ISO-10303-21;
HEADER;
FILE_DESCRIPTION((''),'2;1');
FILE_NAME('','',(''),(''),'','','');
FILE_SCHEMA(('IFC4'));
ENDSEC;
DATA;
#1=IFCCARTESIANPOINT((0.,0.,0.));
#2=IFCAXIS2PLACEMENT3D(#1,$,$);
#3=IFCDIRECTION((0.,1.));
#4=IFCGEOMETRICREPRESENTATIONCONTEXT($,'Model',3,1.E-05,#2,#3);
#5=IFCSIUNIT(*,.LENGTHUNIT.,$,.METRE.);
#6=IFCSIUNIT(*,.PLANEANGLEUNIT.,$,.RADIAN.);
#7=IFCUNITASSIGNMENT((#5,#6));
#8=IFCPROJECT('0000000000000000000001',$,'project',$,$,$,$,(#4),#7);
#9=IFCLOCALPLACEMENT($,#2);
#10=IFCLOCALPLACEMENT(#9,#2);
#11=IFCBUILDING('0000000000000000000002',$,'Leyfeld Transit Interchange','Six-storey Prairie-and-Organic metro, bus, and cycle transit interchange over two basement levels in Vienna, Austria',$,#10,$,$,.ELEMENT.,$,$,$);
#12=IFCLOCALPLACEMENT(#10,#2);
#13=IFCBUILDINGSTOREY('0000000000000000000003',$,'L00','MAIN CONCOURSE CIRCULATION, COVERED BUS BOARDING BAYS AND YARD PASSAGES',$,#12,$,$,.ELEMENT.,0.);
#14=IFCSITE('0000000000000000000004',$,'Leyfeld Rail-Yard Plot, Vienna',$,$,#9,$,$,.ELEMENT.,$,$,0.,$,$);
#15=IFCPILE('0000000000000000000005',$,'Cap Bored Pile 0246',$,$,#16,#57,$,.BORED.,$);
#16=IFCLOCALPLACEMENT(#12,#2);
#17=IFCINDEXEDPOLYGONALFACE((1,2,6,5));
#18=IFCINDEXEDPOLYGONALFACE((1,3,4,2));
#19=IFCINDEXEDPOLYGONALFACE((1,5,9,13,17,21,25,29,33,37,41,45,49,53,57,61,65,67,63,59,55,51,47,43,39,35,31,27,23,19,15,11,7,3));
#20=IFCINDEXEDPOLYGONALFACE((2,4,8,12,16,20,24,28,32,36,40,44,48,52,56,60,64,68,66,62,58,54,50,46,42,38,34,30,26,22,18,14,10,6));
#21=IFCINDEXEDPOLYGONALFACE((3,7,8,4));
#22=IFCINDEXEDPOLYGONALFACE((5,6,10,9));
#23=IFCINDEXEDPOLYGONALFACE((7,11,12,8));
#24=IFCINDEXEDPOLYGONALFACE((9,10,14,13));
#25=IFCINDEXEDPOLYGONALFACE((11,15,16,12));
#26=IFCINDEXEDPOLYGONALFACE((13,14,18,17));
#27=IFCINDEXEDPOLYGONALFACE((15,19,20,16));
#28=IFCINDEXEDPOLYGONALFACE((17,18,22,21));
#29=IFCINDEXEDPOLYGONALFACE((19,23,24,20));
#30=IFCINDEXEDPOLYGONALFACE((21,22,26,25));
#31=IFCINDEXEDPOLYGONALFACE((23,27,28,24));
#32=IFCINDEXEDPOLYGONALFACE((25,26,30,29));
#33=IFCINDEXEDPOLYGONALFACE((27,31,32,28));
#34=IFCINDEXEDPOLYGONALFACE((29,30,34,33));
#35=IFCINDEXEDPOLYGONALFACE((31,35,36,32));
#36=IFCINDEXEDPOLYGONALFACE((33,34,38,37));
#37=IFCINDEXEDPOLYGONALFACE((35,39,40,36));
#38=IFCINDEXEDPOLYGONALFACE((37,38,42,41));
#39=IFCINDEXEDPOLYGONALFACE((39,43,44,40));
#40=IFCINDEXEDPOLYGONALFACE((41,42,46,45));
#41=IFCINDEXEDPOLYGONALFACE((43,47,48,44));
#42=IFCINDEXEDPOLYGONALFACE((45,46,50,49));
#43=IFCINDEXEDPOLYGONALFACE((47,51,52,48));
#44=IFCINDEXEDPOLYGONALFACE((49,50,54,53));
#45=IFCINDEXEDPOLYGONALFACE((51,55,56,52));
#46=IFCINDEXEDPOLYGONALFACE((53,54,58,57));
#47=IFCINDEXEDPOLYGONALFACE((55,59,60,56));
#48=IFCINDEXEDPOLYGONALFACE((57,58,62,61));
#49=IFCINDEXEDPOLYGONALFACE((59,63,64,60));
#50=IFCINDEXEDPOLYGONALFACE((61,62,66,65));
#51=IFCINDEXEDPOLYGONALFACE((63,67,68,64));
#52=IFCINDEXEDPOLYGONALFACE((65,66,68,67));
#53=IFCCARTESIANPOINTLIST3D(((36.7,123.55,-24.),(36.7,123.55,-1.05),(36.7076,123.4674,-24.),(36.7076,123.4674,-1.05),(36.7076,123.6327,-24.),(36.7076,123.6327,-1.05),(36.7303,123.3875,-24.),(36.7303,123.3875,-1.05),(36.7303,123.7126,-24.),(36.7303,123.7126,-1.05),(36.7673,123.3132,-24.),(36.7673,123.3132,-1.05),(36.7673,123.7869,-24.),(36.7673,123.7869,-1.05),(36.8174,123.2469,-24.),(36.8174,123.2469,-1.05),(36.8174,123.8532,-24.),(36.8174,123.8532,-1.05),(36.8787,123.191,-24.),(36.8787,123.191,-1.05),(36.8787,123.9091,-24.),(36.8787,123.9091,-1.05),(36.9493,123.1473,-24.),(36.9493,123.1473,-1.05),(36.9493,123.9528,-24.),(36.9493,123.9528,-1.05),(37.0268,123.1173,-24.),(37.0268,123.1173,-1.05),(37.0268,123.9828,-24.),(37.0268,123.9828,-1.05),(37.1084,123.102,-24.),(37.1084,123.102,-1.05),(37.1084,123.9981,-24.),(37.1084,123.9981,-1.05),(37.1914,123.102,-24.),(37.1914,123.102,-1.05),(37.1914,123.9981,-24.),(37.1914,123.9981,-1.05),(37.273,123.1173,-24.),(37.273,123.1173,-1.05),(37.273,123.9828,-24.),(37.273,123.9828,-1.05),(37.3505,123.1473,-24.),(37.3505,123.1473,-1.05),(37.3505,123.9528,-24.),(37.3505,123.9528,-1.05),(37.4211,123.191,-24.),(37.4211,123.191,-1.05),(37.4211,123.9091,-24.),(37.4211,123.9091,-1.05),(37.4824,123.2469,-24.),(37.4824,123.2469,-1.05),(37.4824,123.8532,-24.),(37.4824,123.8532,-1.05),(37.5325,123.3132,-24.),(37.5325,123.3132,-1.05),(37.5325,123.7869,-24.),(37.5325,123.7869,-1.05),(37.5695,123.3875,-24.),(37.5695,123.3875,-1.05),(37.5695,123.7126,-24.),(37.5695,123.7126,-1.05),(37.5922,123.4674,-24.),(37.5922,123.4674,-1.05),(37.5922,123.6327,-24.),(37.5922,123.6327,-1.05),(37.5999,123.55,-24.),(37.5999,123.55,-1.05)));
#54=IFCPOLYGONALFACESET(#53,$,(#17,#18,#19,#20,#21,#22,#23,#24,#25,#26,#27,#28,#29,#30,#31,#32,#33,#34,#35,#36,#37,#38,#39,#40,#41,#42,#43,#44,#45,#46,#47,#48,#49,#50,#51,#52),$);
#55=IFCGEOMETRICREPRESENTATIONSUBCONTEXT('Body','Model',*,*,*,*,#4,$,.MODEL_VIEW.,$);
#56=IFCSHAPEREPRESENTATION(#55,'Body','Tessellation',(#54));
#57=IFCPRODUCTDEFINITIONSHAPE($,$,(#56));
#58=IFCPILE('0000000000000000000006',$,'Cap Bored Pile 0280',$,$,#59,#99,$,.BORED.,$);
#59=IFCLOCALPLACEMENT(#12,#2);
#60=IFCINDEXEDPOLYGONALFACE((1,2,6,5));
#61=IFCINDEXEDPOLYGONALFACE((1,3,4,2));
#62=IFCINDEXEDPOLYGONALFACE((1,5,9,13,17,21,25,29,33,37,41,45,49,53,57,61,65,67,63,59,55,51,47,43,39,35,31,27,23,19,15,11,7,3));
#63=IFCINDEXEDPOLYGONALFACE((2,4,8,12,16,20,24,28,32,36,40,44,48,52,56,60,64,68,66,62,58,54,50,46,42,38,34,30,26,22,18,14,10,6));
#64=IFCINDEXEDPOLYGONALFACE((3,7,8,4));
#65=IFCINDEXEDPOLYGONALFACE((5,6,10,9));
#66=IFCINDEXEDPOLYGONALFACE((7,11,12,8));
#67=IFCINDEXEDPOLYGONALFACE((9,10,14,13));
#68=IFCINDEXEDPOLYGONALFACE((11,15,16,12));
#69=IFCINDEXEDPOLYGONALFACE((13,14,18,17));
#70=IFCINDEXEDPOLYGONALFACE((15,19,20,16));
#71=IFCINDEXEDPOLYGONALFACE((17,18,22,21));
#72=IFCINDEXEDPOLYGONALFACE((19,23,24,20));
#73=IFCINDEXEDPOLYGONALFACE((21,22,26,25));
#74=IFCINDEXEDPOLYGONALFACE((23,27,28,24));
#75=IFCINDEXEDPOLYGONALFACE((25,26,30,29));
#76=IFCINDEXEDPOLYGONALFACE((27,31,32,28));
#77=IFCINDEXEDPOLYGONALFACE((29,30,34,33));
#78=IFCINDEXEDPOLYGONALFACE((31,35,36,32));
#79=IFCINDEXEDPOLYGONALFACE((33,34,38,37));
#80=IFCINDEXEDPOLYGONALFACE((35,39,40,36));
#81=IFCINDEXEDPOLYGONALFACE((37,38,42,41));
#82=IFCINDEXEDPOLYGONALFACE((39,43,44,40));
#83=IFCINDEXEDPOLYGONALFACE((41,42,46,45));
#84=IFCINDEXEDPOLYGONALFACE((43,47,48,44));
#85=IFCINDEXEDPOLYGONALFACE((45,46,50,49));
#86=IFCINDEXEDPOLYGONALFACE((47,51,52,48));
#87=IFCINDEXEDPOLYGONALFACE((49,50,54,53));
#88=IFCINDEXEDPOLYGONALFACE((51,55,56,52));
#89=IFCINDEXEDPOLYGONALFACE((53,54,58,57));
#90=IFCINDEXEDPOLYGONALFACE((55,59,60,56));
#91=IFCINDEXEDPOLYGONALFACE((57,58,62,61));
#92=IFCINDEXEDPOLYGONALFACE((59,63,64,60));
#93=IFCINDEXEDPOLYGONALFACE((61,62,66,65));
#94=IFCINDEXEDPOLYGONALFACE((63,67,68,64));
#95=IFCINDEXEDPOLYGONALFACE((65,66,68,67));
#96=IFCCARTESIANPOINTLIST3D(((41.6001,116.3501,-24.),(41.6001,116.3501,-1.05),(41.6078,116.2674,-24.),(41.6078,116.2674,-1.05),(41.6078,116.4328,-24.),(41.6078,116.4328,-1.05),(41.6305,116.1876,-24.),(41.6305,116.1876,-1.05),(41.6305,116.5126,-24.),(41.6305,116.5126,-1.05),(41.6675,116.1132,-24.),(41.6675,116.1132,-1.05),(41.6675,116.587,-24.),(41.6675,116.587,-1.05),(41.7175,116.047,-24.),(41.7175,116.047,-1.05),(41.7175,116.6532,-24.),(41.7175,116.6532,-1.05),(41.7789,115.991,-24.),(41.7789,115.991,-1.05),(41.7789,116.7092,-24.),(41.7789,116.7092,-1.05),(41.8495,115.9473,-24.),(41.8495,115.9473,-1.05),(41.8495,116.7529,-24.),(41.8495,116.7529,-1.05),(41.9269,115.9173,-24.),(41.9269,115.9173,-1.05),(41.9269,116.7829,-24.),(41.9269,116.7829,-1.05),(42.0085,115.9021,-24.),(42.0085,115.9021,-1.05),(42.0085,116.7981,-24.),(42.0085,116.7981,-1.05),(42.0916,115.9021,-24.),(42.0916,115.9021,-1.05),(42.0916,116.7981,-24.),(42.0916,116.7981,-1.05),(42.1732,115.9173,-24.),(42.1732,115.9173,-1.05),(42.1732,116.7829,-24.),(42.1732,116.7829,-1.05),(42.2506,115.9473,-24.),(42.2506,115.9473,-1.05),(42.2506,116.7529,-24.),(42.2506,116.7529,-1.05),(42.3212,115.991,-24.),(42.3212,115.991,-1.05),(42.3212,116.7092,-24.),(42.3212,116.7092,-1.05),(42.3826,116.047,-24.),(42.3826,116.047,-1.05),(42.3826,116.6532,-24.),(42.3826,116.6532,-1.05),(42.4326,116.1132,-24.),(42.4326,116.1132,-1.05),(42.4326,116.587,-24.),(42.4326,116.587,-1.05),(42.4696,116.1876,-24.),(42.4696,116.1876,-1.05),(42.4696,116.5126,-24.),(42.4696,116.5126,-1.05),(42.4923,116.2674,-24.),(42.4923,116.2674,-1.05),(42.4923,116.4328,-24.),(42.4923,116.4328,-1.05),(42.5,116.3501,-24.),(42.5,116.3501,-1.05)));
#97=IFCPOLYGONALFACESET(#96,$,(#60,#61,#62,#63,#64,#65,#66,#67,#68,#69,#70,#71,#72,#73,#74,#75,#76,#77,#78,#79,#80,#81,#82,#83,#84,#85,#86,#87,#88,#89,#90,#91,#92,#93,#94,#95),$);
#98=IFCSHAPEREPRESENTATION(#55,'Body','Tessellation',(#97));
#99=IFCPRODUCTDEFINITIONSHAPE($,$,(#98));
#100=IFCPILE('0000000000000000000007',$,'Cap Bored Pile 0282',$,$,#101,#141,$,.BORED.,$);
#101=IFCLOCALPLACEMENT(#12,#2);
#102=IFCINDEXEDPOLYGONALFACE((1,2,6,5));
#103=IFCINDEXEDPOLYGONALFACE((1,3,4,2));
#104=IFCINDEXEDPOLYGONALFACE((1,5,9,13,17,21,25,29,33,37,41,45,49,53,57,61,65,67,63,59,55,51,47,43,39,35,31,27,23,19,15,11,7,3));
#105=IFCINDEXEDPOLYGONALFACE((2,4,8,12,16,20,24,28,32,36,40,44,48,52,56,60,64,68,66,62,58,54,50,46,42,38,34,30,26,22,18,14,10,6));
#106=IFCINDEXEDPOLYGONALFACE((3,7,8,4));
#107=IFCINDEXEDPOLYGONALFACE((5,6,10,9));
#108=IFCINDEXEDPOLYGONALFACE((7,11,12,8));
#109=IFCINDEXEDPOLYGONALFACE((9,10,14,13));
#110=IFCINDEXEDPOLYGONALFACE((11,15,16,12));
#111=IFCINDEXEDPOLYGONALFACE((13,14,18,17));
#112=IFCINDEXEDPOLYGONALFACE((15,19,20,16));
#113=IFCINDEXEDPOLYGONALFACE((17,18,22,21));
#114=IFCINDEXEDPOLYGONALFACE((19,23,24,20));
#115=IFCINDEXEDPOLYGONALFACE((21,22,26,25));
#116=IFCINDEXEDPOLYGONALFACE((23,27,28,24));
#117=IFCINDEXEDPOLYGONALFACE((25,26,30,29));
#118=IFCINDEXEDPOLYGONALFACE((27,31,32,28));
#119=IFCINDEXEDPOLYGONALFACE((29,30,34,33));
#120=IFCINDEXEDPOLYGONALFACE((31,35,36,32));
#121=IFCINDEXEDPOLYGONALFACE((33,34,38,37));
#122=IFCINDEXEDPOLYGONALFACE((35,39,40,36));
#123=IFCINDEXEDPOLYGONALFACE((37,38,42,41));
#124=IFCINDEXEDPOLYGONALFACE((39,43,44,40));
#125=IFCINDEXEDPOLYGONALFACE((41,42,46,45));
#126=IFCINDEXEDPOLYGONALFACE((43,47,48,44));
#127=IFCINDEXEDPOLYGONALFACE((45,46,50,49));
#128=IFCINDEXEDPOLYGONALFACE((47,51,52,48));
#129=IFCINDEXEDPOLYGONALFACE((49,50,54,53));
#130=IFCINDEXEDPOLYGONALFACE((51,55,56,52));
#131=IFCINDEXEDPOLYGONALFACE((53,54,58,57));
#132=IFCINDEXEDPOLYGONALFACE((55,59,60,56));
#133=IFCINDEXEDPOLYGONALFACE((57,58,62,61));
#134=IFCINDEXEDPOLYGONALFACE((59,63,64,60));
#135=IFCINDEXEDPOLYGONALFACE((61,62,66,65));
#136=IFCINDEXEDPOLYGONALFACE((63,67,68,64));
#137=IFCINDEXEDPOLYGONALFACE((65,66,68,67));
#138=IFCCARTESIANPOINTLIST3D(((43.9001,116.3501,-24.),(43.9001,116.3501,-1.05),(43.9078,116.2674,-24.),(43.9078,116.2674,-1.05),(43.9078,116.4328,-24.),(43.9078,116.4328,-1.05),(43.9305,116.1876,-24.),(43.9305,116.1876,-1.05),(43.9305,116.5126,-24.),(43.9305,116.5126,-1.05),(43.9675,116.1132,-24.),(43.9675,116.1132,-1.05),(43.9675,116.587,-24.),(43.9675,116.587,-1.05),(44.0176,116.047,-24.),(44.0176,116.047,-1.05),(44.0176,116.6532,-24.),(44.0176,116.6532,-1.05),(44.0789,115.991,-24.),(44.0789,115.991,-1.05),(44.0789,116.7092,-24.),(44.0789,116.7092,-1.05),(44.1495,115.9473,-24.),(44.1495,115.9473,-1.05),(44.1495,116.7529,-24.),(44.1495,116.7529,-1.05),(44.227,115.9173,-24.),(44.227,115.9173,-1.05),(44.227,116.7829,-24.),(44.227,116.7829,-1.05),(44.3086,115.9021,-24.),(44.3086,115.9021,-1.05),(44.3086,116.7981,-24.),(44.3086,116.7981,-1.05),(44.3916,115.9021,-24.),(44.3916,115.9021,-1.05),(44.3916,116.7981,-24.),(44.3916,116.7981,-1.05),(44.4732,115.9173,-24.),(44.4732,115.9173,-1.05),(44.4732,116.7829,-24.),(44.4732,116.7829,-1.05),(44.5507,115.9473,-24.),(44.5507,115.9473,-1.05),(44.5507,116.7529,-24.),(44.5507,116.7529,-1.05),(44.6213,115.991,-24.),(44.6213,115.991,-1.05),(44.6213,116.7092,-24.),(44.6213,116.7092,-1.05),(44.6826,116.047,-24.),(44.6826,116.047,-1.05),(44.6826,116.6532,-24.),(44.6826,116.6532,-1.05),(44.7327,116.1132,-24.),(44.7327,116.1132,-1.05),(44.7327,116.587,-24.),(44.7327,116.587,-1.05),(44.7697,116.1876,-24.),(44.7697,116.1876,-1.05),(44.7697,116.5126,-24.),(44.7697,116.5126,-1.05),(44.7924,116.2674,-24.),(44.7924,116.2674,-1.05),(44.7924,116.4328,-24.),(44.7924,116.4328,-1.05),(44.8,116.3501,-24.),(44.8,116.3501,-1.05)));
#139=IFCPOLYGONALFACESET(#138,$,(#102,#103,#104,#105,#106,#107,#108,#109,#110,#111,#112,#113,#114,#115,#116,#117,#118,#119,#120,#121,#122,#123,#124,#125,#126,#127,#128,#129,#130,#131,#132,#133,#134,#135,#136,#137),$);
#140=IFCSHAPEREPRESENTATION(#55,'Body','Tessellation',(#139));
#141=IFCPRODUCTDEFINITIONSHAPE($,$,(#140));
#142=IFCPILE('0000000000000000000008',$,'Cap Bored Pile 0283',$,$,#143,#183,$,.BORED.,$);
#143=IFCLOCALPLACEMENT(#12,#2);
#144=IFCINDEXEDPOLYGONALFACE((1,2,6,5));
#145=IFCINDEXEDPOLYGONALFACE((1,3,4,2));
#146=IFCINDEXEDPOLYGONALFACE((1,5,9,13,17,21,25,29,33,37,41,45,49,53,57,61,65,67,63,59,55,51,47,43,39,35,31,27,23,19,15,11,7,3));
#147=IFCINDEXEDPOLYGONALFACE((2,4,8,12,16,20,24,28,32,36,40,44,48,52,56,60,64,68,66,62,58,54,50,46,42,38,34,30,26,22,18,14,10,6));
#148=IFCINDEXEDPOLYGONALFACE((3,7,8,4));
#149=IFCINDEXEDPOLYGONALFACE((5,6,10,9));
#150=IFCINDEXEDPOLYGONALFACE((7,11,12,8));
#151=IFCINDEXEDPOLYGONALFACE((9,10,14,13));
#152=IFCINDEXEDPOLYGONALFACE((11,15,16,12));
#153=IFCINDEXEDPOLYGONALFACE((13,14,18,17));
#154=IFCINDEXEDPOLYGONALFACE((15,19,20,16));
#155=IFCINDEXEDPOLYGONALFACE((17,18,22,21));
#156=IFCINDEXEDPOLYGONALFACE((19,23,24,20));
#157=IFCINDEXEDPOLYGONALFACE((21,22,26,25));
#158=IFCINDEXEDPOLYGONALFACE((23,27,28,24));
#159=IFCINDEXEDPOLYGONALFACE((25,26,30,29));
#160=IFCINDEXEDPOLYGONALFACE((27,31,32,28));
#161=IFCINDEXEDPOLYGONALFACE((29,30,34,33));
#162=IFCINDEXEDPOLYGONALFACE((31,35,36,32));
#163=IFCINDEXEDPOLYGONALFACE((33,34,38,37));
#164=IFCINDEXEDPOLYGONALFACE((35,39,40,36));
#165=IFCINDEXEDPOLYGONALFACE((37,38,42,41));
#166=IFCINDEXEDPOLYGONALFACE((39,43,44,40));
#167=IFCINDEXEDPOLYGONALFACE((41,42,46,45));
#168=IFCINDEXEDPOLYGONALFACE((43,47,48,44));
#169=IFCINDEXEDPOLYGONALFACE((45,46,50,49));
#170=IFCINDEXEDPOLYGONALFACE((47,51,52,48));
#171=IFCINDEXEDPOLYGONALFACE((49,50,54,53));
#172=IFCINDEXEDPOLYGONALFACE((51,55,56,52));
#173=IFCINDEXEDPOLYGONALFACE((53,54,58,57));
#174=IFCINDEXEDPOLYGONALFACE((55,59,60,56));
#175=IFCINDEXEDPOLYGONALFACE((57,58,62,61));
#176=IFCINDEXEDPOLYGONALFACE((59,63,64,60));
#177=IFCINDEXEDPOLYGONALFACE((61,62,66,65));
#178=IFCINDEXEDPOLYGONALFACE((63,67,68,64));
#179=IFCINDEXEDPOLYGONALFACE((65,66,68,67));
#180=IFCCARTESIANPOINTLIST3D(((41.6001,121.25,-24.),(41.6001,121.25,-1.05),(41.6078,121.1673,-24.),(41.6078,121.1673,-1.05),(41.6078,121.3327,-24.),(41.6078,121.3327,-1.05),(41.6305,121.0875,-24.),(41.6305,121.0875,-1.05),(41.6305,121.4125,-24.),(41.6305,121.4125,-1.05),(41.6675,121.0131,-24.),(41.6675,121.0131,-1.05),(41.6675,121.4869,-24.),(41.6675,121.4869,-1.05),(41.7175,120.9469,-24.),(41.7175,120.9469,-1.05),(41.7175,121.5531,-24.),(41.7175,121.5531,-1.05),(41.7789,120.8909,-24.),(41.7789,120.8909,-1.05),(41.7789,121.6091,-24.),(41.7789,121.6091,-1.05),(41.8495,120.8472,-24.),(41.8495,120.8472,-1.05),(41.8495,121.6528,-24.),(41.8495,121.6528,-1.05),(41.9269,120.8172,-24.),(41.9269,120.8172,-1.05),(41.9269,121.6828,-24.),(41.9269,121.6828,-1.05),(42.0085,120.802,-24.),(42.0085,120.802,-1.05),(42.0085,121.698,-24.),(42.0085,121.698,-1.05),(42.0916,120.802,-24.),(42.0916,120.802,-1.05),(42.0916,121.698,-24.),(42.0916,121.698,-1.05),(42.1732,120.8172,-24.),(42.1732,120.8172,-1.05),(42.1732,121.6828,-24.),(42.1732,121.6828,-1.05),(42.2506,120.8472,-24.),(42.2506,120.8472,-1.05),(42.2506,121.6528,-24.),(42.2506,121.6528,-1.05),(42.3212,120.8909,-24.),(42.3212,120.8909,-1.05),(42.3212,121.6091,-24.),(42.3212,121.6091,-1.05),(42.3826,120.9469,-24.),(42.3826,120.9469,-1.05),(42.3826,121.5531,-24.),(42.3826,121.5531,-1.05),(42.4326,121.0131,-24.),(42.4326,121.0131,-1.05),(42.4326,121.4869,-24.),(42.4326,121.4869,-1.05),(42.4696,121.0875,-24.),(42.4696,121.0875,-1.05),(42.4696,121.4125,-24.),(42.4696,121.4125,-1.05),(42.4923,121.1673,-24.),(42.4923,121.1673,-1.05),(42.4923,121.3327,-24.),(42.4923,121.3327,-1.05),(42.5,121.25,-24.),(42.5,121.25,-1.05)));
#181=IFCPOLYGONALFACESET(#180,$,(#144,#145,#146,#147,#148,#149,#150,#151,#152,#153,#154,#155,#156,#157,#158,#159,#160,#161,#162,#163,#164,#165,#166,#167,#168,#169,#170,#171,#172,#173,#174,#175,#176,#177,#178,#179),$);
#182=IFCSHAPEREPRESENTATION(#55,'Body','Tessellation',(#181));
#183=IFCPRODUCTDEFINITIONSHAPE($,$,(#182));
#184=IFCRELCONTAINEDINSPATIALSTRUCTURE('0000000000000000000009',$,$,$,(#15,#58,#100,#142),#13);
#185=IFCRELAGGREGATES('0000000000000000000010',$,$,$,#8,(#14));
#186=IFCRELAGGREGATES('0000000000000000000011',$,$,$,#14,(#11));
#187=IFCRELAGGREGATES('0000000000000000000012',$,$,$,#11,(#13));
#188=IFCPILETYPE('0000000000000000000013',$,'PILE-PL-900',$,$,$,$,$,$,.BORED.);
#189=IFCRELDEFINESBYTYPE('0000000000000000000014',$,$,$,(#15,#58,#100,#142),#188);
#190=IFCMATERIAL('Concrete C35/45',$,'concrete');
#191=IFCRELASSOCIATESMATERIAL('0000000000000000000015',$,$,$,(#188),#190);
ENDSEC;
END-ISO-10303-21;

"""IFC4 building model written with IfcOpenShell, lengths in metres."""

from ifc_helpers import new_model, si_unit, direction, frame, origin, origin_2d, place, context, subcontext, project, spatial, circle, extrude, material, material_profile, profile_set, type_object, element, save


model = new_model("IFC4")

# Units and contexts
model_context = context("Model", 3, precision=1e-05, world=origin(), true_north=direction((0.0, 1.0)))
body_context = subcontext(model_context, "Body", "Model", "MODEL_VIEW")
ifc_project = project(units=[si_unit("LENGTHUNIT", "METRE"), si_unit("PLANEANGLEUNIT", "RADIAN")], contexts=[model_context])

# Site, building, storey
site_placement = place(None, origin())
site = spatial("IfcSite", under=ifc_project, at=site_placement, Name="Leyfeld Rail-Yard Plot, Vienna", CompositionType="ELEMENT", RefElevation=0.0)
building_placement = place(site_placement, origin())
building = spatial("IfcBuilding", under=site, at=building_placement, Name="Leyfeld Transit Interchange", Description="Six-storey Prairie-and-Organic metro, bus, and cycle transit interchange over two basement levels in Vienna, Austria", CompositionType="ELEMENT")
storey_placement = place(building_placement, origin())
storey = spatial("IfcBuildingStorey", under=building, at=storey_placement, Name="L00", Description="MAIN CONCOURSE CIRCULATION, COVERED BUS BOARDING BAYS AND YARD PASSAGES", CompositionType="ELEMENT", Elevation=0.0)

# Shared definitions
ifc_material_1 = material(Name="Concrete C35/45", Category="concrete")

# Piles
ifc_material_profile_1 = material_profile(ifc_material_1, circle(Radius=0.45, at=origin_2d()), Name="PILE D900")
ifc_profile_set_1 = profile_set([ifc_material_profile_1], Name="Concrete C35/45")
pile_type = type_object("IfcPileType", Name="PILE-PL-900", PredefinedType="BORED", material=ifc_profile_set_1)
for number, where, z_axis, x_axis, name in (
    (1, (37.1499, 123.55, -1.05), (0.0, 0.0, -1.0), (1.0, 0.0, 0.0), "Cap Bored Pile 0246"),
    (2, (42.05, 116.3501, -1.05), (0.0, 0.0, -1.0), (1.0, 0.0, 0.0), "Cap Bored Pile 0280"),
    (3, (44.3501, 116.3501, -1.05), (0.0, 0.0, -1.0), (1.0, 0.0, 0.0), "Cap Bored Pile 0282"),
    (4, (42.05, 121.25, -1.05), (0.0, 0.0, -1.0), (1.0, 0.0, 0.0), "Cap Bored Pile 0283"),
):
    element("IfcPile", number, at=place(storey_placement, frame(where, z_axis=z_axis, x_axis=x_axis)), inside=storey, type_object=pile_type, Name=name, PredefinedType="BORED", context=body_context, shape_type="SweptSolid", body=[
        extrude(circle(Radius=0.45, at=origin_2d()), origin(), (0.0, 0.0, 1.0), 22.95),
    ])

save(model, "model.ifc")
